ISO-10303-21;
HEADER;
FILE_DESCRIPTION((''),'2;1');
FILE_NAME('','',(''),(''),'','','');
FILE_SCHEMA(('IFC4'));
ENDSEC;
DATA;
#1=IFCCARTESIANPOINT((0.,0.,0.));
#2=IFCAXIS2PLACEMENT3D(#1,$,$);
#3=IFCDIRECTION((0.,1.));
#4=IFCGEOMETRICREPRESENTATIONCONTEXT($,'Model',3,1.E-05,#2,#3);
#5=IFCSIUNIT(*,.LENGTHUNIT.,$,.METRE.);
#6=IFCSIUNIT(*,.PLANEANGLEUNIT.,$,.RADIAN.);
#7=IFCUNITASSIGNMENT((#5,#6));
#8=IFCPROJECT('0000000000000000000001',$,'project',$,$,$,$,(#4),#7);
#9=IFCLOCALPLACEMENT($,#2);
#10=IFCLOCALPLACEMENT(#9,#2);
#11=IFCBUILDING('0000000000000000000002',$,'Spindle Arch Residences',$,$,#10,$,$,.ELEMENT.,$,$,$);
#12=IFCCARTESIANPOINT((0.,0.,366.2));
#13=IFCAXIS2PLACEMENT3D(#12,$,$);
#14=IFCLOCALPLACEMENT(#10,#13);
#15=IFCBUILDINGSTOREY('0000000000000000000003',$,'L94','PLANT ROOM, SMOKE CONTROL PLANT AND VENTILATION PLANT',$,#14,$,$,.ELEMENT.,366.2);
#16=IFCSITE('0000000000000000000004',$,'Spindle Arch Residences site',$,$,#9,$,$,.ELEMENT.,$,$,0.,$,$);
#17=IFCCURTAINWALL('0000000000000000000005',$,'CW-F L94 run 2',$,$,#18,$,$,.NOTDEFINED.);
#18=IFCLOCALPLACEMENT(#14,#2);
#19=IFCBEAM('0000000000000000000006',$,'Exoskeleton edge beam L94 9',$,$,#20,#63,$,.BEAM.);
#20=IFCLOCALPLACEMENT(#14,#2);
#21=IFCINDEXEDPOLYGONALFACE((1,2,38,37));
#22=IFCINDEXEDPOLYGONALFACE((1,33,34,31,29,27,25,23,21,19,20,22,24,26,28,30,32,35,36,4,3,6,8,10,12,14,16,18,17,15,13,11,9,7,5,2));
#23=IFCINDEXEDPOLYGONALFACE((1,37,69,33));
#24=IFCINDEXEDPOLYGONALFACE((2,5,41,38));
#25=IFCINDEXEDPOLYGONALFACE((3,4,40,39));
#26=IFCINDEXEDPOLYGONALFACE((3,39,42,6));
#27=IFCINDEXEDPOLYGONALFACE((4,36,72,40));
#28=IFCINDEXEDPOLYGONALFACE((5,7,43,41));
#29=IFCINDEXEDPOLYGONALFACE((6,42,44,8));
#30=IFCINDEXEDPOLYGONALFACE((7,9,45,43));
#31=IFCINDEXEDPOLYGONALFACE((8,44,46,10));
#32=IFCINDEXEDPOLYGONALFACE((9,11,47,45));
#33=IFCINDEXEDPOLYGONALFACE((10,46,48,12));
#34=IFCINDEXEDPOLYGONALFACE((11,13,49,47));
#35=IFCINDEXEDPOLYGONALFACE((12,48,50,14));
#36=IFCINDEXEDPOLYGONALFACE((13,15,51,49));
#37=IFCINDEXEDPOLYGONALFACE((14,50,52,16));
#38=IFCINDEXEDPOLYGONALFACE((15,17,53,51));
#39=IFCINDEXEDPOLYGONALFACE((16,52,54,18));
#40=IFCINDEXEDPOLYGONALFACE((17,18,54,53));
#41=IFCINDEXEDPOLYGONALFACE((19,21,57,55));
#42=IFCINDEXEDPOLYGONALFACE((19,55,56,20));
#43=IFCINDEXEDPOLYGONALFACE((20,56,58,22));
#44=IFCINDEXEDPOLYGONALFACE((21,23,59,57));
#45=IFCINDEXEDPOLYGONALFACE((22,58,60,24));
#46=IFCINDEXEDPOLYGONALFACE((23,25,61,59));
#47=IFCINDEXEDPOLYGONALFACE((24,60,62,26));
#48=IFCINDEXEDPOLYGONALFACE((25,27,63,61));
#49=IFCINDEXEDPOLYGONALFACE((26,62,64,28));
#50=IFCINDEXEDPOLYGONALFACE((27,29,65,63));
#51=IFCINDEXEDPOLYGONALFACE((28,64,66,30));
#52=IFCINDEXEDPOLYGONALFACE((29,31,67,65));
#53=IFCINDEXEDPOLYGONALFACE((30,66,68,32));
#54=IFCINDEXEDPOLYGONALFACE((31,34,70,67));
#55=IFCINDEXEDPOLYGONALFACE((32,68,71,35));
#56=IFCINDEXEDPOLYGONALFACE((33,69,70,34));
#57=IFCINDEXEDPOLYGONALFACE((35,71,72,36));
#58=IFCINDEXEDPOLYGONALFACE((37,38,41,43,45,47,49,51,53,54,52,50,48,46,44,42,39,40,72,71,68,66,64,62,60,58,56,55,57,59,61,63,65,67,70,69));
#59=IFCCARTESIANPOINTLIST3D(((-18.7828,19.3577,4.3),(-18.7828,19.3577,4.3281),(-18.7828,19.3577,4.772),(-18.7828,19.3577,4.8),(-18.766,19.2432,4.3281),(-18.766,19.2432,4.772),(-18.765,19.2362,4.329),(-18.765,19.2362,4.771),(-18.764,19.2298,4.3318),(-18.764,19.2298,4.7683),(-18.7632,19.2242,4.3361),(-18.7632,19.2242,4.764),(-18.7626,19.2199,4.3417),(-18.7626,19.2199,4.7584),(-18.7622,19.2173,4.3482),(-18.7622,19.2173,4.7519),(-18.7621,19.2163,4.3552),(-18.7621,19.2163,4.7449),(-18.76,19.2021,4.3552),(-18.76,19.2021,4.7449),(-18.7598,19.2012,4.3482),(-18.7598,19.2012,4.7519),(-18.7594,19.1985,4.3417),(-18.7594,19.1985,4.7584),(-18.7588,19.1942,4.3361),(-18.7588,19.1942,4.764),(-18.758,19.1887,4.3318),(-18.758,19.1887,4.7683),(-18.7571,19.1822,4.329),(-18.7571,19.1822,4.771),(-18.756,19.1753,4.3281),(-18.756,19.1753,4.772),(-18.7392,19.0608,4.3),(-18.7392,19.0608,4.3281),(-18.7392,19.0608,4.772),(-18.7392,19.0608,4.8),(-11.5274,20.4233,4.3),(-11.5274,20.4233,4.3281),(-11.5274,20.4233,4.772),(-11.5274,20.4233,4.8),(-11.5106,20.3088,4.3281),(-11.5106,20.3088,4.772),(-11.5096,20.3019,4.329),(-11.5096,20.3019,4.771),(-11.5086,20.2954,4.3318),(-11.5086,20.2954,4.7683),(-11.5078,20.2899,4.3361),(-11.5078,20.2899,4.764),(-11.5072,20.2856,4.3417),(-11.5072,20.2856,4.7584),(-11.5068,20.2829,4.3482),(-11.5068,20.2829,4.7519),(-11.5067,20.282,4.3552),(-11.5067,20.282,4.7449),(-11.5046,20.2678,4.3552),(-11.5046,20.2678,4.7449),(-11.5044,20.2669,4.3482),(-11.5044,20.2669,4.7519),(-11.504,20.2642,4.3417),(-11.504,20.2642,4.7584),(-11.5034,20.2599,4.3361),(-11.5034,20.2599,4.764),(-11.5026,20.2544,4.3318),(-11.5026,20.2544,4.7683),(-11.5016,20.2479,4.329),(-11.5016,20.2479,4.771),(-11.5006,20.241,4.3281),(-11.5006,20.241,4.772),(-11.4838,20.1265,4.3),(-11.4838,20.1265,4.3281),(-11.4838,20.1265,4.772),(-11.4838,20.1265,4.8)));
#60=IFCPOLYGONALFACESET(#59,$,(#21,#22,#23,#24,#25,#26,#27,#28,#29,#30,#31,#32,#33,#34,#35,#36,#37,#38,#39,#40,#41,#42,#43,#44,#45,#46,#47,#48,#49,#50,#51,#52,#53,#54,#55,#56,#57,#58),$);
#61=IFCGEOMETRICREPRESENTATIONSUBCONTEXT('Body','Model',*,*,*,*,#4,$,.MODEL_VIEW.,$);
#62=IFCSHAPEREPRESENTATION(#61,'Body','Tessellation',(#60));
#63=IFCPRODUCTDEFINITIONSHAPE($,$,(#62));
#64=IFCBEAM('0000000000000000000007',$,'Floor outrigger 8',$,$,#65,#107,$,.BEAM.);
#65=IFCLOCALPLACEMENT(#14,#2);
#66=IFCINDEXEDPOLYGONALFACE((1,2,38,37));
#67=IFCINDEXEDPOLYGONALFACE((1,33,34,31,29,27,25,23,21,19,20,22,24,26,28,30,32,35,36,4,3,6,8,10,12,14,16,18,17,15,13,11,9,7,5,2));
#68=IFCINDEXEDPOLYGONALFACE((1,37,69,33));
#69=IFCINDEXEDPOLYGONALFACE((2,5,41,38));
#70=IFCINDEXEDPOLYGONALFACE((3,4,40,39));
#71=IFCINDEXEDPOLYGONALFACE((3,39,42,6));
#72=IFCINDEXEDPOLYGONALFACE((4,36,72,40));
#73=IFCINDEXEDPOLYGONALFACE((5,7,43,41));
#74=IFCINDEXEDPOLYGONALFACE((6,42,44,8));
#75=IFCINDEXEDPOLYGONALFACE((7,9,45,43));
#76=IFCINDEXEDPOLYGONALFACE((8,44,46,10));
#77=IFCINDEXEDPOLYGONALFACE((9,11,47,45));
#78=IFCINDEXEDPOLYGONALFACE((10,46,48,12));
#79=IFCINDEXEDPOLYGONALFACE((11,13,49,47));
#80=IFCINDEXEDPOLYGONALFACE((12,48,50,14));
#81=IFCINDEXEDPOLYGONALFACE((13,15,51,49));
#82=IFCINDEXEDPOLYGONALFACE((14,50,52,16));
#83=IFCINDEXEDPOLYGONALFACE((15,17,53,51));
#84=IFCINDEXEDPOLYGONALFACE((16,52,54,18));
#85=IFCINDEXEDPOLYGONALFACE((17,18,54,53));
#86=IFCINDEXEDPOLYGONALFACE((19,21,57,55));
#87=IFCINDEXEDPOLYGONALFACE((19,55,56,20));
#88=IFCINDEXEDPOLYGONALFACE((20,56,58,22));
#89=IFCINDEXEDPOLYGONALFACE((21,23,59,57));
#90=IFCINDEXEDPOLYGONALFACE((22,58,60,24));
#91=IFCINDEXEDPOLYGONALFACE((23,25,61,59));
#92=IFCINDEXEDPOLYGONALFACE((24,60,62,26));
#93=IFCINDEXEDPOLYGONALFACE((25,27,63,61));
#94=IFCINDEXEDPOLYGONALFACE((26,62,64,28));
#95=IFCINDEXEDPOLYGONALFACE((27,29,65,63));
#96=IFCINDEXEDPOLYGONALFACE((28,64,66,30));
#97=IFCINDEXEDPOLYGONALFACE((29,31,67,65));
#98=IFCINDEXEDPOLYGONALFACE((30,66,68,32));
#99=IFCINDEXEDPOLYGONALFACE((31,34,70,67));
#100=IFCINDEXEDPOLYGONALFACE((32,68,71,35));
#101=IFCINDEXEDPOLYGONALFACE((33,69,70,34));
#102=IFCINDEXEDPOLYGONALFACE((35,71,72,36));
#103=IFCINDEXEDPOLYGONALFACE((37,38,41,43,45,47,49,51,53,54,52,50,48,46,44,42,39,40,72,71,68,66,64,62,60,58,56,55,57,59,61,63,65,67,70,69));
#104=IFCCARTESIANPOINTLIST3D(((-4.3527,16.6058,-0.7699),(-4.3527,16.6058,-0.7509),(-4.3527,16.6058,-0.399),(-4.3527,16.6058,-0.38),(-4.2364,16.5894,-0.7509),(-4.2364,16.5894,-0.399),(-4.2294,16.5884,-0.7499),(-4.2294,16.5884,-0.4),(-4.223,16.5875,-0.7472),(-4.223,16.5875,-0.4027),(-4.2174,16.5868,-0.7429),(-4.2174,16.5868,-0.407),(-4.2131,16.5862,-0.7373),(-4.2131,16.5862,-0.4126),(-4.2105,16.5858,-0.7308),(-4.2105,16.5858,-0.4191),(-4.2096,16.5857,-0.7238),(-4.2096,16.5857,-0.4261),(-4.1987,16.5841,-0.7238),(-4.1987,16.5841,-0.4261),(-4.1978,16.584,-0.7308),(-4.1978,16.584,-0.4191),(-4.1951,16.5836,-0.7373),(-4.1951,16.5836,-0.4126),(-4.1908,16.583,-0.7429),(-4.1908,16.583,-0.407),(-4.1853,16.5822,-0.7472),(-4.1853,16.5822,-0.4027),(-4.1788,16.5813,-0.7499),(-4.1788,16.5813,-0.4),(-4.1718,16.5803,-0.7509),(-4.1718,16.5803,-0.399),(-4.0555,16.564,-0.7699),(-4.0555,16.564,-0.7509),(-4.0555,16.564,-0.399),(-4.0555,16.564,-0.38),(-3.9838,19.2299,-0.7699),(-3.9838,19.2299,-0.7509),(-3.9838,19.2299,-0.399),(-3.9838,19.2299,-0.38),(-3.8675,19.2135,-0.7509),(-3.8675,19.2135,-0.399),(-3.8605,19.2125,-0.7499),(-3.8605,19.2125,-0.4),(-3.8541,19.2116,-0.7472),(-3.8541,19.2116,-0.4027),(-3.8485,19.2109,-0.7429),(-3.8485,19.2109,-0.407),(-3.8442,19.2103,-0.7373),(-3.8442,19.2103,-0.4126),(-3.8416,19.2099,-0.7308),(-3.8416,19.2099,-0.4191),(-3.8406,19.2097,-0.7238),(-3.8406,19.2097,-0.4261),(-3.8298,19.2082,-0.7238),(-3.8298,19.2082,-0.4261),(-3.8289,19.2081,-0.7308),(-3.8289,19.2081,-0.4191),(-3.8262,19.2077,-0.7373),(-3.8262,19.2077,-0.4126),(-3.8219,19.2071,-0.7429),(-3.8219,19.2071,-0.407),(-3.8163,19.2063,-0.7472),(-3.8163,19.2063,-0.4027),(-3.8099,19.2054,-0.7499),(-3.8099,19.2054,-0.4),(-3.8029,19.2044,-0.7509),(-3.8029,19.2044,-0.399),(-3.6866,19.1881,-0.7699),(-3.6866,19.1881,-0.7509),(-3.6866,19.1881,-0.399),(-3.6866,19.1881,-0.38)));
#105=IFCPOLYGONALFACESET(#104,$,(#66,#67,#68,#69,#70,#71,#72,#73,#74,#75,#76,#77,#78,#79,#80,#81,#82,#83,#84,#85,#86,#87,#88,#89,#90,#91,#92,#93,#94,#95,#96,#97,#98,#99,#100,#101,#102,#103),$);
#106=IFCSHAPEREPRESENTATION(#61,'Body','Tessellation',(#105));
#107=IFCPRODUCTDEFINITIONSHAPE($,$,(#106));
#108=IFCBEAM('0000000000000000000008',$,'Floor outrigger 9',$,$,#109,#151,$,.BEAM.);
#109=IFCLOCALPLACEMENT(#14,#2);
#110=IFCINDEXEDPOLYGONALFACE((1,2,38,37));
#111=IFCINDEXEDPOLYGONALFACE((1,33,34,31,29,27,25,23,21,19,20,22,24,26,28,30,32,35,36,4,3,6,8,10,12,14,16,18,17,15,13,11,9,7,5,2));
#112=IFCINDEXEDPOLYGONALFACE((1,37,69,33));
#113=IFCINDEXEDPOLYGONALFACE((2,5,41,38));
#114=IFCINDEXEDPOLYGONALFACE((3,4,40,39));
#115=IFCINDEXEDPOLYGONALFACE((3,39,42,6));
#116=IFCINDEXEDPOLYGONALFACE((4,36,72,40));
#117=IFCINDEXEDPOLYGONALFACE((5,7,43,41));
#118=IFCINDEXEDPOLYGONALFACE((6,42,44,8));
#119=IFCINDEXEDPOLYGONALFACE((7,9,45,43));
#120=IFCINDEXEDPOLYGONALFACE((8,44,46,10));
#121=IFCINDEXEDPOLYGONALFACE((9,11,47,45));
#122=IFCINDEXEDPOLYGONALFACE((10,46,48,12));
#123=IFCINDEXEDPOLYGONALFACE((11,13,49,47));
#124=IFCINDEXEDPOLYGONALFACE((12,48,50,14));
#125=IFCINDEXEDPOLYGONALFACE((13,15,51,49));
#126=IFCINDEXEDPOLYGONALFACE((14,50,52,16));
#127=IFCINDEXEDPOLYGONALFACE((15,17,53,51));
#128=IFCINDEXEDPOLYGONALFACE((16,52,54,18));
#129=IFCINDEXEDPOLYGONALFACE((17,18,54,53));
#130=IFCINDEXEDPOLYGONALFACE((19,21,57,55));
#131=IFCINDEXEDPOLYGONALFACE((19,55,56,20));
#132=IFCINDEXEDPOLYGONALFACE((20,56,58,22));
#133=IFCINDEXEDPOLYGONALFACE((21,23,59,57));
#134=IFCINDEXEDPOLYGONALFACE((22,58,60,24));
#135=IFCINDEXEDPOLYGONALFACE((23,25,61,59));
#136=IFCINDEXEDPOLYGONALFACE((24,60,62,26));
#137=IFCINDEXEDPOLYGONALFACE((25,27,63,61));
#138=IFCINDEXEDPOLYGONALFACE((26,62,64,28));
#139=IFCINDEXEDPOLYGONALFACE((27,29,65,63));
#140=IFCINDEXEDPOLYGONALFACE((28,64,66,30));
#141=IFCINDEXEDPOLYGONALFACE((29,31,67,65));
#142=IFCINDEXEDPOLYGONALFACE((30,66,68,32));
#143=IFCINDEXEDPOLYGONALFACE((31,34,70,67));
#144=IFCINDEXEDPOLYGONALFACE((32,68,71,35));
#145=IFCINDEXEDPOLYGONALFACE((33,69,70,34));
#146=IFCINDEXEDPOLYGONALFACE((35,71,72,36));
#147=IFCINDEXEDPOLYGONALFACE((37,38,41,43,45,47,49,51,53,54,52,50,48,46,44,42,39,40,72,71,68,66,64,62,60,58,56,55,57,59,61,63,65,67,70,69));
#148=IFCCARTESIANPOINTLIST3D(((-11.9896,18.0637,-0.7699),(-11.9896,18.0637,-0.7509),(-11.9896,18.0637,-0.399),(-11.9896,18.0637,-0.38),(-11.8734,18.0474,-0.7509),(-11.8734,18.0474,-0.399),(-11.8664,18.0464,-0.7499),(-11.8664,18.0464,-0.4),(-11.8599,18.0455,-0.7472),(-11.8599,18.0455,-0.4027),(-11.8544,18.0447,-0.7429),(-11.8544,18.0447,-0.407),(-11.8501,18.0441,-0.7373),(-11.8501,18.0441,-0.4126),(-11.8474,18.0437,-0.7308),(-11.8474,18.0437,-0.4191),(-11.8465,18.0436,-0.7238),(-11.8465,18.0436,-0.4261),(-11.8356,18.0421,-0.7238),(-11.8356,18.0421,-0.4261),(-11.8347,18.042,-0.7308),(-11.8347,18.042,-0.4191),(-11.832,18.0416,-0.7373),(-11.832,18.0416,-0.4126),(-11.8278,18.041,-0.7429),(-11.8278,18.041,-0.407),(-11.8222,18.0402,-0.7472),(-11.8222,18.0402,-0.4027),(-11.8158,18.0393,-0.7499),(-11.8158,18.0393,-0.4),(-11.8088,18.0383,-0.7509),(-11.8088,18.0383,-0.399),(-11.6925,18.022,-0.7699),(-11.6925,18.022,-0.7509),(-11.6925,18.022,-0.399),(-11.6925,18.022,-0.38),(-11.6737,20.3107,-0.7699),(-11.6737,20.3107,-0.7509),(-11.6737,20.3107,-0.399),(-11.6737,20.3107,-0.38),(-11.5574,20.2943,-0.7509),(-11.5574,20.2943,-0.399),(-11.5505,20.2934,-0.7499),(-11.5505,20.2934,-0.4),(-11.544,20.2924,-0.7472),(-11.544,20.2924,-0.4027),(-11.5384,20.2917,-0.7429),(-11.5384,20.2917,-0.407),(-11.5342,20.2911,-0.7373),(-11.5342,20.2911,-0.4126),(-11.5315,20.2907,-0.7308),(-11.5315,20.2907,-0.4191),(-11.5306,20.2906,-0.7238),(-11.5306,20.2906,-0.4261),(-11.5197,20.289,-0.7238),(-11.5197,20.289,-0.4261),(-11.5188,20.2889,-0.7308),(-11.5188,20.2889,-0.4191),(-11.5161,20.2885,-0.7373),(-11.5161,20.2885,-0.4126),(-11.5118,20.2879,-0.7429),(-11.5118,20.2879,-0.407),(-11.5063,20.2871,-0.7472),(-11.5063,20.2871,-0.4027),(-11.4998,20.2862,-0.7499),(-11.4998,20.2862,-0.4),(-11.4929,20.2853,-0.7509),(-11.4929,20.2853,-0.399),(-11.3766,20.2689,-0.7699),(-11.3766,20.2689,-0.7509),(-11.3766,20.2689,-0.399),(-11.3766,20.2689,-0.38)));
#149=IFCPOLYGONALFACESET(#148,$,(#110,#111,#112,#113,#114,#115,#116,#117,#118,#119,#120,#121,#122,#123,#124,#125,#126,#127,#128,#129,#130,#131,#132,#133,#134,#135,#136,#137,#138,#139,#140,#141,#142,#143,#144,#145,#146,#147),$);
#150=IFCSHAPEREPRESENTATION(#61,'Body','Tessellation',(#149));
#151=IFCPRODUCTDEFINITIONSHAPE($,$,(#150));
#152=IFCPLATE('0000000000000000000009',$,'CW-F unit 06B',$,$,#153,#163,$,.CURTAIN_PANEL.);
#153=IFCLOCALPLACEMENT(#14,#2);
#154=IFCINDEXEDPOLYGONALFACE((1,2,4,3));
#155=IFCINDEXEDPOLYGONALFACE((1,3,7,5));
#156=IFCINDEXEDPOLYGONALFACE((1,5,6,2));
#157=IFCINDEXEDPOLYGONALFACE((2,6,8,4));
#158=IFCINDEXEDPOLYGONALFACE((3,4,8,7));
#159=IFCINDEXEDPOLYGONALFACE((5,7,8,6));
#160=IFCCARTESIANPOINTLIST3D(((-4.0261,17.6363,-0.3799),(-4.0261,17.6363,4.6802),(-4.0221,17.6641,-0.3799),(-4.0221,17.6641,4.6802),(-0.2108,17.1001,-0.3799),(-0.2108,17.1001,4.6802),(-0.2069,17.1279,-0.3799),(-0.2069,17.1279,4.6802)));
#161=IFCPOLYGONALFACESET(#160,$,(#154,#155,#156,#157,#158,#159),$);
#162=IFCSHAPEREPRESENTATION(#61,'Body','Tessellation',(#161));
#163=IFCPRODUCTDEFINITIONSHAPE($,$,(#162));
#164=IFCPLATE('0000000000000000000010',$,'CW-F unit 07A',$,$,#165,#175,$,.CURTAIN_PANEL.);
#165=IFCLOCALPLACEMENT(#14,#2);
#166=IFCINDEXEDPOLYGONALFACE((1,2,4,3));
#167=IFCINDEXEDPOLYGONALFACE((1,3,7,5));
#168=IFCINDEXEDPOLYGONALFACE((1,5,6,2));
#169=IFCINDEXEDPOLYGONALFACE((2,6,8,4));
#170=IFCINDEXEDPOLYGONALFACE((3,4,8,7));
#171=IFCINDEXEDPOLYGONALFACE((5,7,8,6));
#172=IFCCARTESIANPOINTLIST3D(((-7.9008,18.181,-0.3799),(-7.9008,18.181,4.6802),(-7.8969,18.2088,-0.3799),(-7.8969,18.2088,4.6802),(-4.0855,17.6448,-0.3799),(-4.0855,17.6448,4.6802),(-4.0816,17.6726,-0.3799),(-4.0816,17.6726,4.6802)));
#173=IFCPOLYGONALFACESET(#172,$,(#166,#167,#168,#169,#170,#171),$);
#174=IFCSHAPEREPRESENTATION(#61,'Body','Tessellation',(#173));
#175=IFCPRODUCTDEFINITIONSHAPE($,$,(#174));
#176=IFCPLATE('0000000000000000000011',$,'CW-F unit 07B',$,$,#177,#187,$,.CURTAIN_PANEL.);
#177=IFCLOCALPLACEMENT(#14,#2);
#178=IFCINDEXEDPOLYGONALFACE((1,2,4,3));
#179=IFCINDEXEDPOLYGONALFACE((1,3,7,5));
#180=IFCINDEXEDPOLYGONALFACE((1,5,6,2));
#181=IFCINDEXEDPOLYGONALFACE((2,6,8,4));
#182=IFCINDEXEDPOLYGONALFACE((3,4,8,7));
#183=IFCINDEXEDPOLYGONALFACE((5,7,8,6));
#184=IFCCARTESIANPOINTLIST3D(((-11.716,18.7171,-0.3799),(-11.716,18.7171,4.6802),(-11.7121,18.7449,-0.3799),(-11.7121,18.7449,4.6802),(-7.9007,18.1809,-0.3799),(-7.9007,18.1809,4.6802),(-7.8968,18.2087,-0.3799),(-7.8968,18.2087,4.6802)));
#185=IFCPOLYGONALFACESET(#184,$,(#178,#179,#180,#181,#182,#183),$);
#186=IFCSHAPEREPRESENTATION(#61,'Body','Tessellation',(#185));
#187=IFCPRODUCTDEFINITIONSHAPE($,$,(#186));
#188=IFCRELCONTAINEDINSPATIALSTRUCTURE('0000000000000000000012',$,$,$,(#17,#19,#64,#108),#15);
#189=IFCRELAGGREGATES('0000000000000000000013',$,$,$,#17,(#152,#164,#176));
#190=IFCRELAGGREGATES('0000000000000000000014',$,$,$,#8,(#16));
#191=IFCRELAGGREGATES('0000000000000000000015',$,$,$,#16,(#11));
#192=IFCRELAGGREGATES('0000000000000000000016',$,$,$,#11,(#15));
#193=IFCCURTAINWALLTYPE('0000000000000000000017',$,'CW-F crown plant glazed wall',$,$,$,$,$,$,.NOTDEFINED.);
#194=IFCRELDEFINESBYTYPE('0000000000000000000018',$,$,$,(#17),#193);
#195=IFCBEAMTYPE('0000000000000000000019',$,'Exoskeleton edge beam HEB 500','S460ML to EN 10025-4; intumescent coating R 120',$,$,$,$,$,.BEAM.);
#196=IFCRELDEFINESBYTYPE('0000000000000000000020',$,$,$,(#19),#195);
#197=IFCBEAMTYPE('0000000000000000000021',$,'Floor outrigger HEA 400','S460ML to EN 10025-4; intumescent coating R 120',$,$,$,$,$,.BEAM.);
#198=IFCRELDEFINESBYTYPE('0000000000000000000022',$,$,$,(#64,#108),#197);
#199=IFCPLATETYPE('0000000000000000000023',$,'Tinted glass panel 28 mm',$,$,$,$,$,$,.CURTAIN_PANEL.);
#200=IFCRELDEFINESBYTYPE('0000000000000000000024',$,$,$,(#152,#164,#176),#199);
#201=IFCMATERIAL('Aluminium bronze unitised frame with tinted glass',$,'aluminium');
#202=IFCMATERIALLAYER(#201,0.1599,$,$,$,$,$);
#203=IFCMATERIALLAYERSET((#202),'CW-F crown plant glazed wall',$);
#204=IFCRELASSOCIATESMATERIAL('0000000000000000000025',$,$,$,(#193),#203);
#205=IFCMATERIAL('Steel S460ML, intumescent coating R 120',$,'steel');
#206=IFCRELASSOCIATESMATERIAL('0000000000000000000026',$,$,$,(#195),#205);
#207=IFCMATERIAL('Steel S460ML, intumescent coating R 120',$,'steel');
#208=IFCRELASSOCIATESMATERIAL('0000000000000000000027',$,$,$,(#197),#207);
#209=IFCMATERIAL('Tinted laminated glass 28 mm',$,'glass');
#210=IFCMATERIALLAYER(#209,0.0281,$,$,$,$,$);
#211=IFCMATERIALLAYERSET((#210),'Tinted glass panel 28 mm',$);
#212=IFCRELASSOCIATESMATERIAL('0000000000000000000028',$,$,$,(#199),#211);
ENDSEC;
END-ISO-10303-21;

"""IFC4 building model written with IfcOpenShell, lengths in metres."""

from ifc_helpers import new_model, si_unit, direction, frame, origin, origin_2d, place, context, subcontext, project, spatial, rectangle, i_section, extrude, material, layer, layer_set, material_profile, profile_set, type_object, element, aggregate, save


model = new_model("IFC4")

# Units and contexts
model_context = context("Model", 3, precision=1e-05, world=origin(), true_north=direction((0.0, 1.0)))
body_context = subcontext(model_context, "Body", "Model", "MODEL_VIEW")
ifc_project = project(units=[si_unit("LENGTHUNIT", "METRE"), si_unit("PLANEANGLEUNIT", "RADIAN")], contexts=[model_context])

# Site, building, storey
site_placement = place(None, origin())
site = spatial("IfcSite", under=ifc_project, at=site_placement, Name="Spindle Arch Residences site", CompositionType="ELEMENT", RefElevation=0.0)
building_placement = place(site_placement, origin())
building = spatial("IfcBuilding", under=site, at=building_placement, Name="Spindle Arch Residences", CompositionType="ELEMENT")
storey_placement = place(building_placement, frame((0.0, 0.0, 366.2)))
storey = spatial("IfcBuildingStorey", under=building, at=storey_placement, Name="L94", Description="PLANT ROOM, SMOKE CONTROL PLANT AND VENTILATION PLANT", CompositionType="ELEMENT", Elevation=366.2)

# Curtain wall
ifc_material_1 = material(Name="Aluminium bronze unitised frame with tinted glass", Category="aluminium")
ifc_layer_1 = layer(ifc_material_1, 0.1599)
ifc_layer_set_1 = layer_set([ifc_layer_1], Name="CW-F crown plant glazed wall")
curtain_wall_type = type_object("IfcCurtainWallType", Name="CW-F crown plant glazed wall", PredefinedType="NOTDEFINED", material=ifc_layer_set_1)
curtain_wall_1_placement = place(storey_placement, origin())
curtain_wall_1 = element("IfcCurtainWall", 1, at=curtain_wall_1_placement, inside=storey, type_object=curtain_wall_type, Name="CW-F L94 run 2", PredefinedType="NOTDEFINED")

# Beams
ifc_material_2 = material(Name="Steel S460ML, intumescent coating R 120", Category="steel")
ifc_material_profile_1 = material_profile(ifc_material_2, i_section(OverallWidth=0.3, OverallDepth=0.5, WebThickness=0.0144, FlangeThickness=0.0281, FilletRadius=0.0271, at=origin_2d()), Name="HEB 500")
ifc_profile_set_1 = profile_set([ifc_material_profile_1], Name="Steel S460ML, intumescent coating R 120")
beam_type_1 = type_object("IfcBeamType", Name="Exoskeleton edge beam HEB 500", Description="S460ML to EN 10025-4; intumescent coating R 120", PredefinedType="BEAM", material=ifc_profile_set_1)
beam_1_placement = place(storey_placement, frame((-11.5056, 20.2749, 4.55), z_axis=(-0.989384, -0.145321, 0.0), x_axis=(0.145321, -0.989384, 0.0)))
element("IfcBeam", 2, at=beam_1_placement, inside=storey, type_object=beam_type_1, Name="Exoskeleton edge beam L94 9", PredefinedType="BEAM", context=body_context, shape_type="SweptSolid", body=[
    extrude(i_section(OverallWidth=0.3, OverallDepth=0.5, WebThickness=0.0144, FlangeThickness=0.0281, FilletRadius=0.0271, at=origin_2d()), origin(), (0.0, 0.0, 1.0), 7.3333),
])
ifc_material_3 = material(Name="Steel S460ML, intumescent coating R 120", Category="steel")
ifc_material_profile_2 = material_profile(ifc_material_3, i_section(OverallWidth=0.3, OverallDepth=0.3899, WebThickness=0.011, FlangeThickness=0.019, FilletRadius=0.0271, at=origin_2d()), Name="HEA 400")
ifc_profile_set_2 = profile_set([ifc_material_profile_2], Name="Steel S460ML, intumescent coating R 120")
beam_type_2 = type_object("IfcBeamType", Name="Floor outrigger HEA 400", Description="S460ML to EN 10025-4; intumescent coating R 120", PredefinedType="BEAM", material=ifc_profile_set_2)
beam_2_placement = place(storey_placement, frame((-3.8352, 19.209, -0.575), z_axis=(-0.139215, -0.990262, 0.0), x_axis=(0.990262, -0.139215, 0.0)))
element("IfcBeam", 3, at=beam_2_placement, inside=storey, type_object=beam_type_2, Name="Floor outrigger 8", PredefinedType="BEAM", context=body_context, shape_type="SweptSolid", body=[
    extrude(i_section(OverallWidth=0.3, OverallDepth=0.3899, WebThickness=0.011, FlangeThickness=0.019, FilletRadius=0.0271, at=origin_2d()), origin(), (0.0, 0.0, 1.0), 2.6499),
])
beam_3_placement = place(storey_placement, frame((-11.5251, 20.2898, -0.575), z_axis=(-0.139237, -0.990259, 0.0), x_axis=(0.990259, -0.139237, 0.0)))
element("IfcBeam", 4, at=beam_3_placement, inside=storey, type_object=beam_type_2, Name="Floor outrigger 9", PredefinedType="BEAM", context=body_context, shape_type="SweptSolid", body=[
    extrude(i_section(OverallWidth=0.3, OverallDepth=0.3899, WebThickness=0.011, FlangeThickness=0.019, FilletRadius=0.0271, at=origin_2d()), origin(), (0.0, 0.0, 1.0), 2.269),
])

# Plates
ifc_material_4 = material(Name="Tinted laminated glass 28 mm", Category="glass")
ifc_layer_2 = layer(ifc_material_4, 0.0281)
ifc_layer_set_2 = layer_set([ifc_layer_2], Name="Tinted glass panel 28 mm")
plate_type = type_object("IfcPlateType", Name="Tinted glass panel 28 mm", PredefinedType="CURTAIN_PANEL", material=ifc_layer_set_2)
plate_1_placement = place(storey_placement, frame((-2.1165, 17.3821, -0.3799), z_axis=(0.0, 0.0, 1.0), x_axis=(-0.990268, 0.139173, 0.0)))
plate_1 = element("IfcPlate", 5, at=plate_1_placement, type_object=plate_type, Name="CW-F unit 06B", PredefinedType="CURTAIN_PANEL", context=body_context, shape_type="SweptSolid", body=[
    extrude(rectangle(XDim=3.8528, YDim=0.0281, at=origin_2d()), origin(), (0.0, 0.0, 1.0), 5.0601),
])
plate_2_placement = place(storey_placement, frame((-5.9912, 17.9268, -0.3799), z_axis=(0.0, 0.0, 1.0), x_axis=(-0.990268, 0.139173, 0.0)))
plate_2 = element("IfcPlate", 6, at=plate_2_placement, type_object=plate_type, Name="CW-F unit 07A", PredefinedType="CURTAIN_PANEL", context=body_context, shape_type="SweptSolid", body=[
    extrude(rectangle(XDim=3.8528, YDim=0.0281, at=origin_2d()), origin(), (0.0, 0.0, 1.0), 5.0601),
])
plate_3_placement = place(storey_placement, frame((-9.8064, 18.4629, -0.3799), z_axis=(0.0, 0.0, 1.0), x_axis=(-0.990268, 0.139173, 0.0)))
plate_3 = element("IfcPlate", 7, at=plate_3_placement, type_object=plate_type, Name="CW-F unit 07B", PredefinedType="CURTAIN_PANEL", context=body_context, shape_type="SweptSolid", body=[
    extrude(rectangle(XDim=3.8528, YDim=0.0281, at=origin_2d()), origin(), (0.0, 0.0, 1.0), 5.0601),
])
aggregate(curtain_wall_1, [plate_1, plate_2, plate_3])

save(model, "model.ifc")
